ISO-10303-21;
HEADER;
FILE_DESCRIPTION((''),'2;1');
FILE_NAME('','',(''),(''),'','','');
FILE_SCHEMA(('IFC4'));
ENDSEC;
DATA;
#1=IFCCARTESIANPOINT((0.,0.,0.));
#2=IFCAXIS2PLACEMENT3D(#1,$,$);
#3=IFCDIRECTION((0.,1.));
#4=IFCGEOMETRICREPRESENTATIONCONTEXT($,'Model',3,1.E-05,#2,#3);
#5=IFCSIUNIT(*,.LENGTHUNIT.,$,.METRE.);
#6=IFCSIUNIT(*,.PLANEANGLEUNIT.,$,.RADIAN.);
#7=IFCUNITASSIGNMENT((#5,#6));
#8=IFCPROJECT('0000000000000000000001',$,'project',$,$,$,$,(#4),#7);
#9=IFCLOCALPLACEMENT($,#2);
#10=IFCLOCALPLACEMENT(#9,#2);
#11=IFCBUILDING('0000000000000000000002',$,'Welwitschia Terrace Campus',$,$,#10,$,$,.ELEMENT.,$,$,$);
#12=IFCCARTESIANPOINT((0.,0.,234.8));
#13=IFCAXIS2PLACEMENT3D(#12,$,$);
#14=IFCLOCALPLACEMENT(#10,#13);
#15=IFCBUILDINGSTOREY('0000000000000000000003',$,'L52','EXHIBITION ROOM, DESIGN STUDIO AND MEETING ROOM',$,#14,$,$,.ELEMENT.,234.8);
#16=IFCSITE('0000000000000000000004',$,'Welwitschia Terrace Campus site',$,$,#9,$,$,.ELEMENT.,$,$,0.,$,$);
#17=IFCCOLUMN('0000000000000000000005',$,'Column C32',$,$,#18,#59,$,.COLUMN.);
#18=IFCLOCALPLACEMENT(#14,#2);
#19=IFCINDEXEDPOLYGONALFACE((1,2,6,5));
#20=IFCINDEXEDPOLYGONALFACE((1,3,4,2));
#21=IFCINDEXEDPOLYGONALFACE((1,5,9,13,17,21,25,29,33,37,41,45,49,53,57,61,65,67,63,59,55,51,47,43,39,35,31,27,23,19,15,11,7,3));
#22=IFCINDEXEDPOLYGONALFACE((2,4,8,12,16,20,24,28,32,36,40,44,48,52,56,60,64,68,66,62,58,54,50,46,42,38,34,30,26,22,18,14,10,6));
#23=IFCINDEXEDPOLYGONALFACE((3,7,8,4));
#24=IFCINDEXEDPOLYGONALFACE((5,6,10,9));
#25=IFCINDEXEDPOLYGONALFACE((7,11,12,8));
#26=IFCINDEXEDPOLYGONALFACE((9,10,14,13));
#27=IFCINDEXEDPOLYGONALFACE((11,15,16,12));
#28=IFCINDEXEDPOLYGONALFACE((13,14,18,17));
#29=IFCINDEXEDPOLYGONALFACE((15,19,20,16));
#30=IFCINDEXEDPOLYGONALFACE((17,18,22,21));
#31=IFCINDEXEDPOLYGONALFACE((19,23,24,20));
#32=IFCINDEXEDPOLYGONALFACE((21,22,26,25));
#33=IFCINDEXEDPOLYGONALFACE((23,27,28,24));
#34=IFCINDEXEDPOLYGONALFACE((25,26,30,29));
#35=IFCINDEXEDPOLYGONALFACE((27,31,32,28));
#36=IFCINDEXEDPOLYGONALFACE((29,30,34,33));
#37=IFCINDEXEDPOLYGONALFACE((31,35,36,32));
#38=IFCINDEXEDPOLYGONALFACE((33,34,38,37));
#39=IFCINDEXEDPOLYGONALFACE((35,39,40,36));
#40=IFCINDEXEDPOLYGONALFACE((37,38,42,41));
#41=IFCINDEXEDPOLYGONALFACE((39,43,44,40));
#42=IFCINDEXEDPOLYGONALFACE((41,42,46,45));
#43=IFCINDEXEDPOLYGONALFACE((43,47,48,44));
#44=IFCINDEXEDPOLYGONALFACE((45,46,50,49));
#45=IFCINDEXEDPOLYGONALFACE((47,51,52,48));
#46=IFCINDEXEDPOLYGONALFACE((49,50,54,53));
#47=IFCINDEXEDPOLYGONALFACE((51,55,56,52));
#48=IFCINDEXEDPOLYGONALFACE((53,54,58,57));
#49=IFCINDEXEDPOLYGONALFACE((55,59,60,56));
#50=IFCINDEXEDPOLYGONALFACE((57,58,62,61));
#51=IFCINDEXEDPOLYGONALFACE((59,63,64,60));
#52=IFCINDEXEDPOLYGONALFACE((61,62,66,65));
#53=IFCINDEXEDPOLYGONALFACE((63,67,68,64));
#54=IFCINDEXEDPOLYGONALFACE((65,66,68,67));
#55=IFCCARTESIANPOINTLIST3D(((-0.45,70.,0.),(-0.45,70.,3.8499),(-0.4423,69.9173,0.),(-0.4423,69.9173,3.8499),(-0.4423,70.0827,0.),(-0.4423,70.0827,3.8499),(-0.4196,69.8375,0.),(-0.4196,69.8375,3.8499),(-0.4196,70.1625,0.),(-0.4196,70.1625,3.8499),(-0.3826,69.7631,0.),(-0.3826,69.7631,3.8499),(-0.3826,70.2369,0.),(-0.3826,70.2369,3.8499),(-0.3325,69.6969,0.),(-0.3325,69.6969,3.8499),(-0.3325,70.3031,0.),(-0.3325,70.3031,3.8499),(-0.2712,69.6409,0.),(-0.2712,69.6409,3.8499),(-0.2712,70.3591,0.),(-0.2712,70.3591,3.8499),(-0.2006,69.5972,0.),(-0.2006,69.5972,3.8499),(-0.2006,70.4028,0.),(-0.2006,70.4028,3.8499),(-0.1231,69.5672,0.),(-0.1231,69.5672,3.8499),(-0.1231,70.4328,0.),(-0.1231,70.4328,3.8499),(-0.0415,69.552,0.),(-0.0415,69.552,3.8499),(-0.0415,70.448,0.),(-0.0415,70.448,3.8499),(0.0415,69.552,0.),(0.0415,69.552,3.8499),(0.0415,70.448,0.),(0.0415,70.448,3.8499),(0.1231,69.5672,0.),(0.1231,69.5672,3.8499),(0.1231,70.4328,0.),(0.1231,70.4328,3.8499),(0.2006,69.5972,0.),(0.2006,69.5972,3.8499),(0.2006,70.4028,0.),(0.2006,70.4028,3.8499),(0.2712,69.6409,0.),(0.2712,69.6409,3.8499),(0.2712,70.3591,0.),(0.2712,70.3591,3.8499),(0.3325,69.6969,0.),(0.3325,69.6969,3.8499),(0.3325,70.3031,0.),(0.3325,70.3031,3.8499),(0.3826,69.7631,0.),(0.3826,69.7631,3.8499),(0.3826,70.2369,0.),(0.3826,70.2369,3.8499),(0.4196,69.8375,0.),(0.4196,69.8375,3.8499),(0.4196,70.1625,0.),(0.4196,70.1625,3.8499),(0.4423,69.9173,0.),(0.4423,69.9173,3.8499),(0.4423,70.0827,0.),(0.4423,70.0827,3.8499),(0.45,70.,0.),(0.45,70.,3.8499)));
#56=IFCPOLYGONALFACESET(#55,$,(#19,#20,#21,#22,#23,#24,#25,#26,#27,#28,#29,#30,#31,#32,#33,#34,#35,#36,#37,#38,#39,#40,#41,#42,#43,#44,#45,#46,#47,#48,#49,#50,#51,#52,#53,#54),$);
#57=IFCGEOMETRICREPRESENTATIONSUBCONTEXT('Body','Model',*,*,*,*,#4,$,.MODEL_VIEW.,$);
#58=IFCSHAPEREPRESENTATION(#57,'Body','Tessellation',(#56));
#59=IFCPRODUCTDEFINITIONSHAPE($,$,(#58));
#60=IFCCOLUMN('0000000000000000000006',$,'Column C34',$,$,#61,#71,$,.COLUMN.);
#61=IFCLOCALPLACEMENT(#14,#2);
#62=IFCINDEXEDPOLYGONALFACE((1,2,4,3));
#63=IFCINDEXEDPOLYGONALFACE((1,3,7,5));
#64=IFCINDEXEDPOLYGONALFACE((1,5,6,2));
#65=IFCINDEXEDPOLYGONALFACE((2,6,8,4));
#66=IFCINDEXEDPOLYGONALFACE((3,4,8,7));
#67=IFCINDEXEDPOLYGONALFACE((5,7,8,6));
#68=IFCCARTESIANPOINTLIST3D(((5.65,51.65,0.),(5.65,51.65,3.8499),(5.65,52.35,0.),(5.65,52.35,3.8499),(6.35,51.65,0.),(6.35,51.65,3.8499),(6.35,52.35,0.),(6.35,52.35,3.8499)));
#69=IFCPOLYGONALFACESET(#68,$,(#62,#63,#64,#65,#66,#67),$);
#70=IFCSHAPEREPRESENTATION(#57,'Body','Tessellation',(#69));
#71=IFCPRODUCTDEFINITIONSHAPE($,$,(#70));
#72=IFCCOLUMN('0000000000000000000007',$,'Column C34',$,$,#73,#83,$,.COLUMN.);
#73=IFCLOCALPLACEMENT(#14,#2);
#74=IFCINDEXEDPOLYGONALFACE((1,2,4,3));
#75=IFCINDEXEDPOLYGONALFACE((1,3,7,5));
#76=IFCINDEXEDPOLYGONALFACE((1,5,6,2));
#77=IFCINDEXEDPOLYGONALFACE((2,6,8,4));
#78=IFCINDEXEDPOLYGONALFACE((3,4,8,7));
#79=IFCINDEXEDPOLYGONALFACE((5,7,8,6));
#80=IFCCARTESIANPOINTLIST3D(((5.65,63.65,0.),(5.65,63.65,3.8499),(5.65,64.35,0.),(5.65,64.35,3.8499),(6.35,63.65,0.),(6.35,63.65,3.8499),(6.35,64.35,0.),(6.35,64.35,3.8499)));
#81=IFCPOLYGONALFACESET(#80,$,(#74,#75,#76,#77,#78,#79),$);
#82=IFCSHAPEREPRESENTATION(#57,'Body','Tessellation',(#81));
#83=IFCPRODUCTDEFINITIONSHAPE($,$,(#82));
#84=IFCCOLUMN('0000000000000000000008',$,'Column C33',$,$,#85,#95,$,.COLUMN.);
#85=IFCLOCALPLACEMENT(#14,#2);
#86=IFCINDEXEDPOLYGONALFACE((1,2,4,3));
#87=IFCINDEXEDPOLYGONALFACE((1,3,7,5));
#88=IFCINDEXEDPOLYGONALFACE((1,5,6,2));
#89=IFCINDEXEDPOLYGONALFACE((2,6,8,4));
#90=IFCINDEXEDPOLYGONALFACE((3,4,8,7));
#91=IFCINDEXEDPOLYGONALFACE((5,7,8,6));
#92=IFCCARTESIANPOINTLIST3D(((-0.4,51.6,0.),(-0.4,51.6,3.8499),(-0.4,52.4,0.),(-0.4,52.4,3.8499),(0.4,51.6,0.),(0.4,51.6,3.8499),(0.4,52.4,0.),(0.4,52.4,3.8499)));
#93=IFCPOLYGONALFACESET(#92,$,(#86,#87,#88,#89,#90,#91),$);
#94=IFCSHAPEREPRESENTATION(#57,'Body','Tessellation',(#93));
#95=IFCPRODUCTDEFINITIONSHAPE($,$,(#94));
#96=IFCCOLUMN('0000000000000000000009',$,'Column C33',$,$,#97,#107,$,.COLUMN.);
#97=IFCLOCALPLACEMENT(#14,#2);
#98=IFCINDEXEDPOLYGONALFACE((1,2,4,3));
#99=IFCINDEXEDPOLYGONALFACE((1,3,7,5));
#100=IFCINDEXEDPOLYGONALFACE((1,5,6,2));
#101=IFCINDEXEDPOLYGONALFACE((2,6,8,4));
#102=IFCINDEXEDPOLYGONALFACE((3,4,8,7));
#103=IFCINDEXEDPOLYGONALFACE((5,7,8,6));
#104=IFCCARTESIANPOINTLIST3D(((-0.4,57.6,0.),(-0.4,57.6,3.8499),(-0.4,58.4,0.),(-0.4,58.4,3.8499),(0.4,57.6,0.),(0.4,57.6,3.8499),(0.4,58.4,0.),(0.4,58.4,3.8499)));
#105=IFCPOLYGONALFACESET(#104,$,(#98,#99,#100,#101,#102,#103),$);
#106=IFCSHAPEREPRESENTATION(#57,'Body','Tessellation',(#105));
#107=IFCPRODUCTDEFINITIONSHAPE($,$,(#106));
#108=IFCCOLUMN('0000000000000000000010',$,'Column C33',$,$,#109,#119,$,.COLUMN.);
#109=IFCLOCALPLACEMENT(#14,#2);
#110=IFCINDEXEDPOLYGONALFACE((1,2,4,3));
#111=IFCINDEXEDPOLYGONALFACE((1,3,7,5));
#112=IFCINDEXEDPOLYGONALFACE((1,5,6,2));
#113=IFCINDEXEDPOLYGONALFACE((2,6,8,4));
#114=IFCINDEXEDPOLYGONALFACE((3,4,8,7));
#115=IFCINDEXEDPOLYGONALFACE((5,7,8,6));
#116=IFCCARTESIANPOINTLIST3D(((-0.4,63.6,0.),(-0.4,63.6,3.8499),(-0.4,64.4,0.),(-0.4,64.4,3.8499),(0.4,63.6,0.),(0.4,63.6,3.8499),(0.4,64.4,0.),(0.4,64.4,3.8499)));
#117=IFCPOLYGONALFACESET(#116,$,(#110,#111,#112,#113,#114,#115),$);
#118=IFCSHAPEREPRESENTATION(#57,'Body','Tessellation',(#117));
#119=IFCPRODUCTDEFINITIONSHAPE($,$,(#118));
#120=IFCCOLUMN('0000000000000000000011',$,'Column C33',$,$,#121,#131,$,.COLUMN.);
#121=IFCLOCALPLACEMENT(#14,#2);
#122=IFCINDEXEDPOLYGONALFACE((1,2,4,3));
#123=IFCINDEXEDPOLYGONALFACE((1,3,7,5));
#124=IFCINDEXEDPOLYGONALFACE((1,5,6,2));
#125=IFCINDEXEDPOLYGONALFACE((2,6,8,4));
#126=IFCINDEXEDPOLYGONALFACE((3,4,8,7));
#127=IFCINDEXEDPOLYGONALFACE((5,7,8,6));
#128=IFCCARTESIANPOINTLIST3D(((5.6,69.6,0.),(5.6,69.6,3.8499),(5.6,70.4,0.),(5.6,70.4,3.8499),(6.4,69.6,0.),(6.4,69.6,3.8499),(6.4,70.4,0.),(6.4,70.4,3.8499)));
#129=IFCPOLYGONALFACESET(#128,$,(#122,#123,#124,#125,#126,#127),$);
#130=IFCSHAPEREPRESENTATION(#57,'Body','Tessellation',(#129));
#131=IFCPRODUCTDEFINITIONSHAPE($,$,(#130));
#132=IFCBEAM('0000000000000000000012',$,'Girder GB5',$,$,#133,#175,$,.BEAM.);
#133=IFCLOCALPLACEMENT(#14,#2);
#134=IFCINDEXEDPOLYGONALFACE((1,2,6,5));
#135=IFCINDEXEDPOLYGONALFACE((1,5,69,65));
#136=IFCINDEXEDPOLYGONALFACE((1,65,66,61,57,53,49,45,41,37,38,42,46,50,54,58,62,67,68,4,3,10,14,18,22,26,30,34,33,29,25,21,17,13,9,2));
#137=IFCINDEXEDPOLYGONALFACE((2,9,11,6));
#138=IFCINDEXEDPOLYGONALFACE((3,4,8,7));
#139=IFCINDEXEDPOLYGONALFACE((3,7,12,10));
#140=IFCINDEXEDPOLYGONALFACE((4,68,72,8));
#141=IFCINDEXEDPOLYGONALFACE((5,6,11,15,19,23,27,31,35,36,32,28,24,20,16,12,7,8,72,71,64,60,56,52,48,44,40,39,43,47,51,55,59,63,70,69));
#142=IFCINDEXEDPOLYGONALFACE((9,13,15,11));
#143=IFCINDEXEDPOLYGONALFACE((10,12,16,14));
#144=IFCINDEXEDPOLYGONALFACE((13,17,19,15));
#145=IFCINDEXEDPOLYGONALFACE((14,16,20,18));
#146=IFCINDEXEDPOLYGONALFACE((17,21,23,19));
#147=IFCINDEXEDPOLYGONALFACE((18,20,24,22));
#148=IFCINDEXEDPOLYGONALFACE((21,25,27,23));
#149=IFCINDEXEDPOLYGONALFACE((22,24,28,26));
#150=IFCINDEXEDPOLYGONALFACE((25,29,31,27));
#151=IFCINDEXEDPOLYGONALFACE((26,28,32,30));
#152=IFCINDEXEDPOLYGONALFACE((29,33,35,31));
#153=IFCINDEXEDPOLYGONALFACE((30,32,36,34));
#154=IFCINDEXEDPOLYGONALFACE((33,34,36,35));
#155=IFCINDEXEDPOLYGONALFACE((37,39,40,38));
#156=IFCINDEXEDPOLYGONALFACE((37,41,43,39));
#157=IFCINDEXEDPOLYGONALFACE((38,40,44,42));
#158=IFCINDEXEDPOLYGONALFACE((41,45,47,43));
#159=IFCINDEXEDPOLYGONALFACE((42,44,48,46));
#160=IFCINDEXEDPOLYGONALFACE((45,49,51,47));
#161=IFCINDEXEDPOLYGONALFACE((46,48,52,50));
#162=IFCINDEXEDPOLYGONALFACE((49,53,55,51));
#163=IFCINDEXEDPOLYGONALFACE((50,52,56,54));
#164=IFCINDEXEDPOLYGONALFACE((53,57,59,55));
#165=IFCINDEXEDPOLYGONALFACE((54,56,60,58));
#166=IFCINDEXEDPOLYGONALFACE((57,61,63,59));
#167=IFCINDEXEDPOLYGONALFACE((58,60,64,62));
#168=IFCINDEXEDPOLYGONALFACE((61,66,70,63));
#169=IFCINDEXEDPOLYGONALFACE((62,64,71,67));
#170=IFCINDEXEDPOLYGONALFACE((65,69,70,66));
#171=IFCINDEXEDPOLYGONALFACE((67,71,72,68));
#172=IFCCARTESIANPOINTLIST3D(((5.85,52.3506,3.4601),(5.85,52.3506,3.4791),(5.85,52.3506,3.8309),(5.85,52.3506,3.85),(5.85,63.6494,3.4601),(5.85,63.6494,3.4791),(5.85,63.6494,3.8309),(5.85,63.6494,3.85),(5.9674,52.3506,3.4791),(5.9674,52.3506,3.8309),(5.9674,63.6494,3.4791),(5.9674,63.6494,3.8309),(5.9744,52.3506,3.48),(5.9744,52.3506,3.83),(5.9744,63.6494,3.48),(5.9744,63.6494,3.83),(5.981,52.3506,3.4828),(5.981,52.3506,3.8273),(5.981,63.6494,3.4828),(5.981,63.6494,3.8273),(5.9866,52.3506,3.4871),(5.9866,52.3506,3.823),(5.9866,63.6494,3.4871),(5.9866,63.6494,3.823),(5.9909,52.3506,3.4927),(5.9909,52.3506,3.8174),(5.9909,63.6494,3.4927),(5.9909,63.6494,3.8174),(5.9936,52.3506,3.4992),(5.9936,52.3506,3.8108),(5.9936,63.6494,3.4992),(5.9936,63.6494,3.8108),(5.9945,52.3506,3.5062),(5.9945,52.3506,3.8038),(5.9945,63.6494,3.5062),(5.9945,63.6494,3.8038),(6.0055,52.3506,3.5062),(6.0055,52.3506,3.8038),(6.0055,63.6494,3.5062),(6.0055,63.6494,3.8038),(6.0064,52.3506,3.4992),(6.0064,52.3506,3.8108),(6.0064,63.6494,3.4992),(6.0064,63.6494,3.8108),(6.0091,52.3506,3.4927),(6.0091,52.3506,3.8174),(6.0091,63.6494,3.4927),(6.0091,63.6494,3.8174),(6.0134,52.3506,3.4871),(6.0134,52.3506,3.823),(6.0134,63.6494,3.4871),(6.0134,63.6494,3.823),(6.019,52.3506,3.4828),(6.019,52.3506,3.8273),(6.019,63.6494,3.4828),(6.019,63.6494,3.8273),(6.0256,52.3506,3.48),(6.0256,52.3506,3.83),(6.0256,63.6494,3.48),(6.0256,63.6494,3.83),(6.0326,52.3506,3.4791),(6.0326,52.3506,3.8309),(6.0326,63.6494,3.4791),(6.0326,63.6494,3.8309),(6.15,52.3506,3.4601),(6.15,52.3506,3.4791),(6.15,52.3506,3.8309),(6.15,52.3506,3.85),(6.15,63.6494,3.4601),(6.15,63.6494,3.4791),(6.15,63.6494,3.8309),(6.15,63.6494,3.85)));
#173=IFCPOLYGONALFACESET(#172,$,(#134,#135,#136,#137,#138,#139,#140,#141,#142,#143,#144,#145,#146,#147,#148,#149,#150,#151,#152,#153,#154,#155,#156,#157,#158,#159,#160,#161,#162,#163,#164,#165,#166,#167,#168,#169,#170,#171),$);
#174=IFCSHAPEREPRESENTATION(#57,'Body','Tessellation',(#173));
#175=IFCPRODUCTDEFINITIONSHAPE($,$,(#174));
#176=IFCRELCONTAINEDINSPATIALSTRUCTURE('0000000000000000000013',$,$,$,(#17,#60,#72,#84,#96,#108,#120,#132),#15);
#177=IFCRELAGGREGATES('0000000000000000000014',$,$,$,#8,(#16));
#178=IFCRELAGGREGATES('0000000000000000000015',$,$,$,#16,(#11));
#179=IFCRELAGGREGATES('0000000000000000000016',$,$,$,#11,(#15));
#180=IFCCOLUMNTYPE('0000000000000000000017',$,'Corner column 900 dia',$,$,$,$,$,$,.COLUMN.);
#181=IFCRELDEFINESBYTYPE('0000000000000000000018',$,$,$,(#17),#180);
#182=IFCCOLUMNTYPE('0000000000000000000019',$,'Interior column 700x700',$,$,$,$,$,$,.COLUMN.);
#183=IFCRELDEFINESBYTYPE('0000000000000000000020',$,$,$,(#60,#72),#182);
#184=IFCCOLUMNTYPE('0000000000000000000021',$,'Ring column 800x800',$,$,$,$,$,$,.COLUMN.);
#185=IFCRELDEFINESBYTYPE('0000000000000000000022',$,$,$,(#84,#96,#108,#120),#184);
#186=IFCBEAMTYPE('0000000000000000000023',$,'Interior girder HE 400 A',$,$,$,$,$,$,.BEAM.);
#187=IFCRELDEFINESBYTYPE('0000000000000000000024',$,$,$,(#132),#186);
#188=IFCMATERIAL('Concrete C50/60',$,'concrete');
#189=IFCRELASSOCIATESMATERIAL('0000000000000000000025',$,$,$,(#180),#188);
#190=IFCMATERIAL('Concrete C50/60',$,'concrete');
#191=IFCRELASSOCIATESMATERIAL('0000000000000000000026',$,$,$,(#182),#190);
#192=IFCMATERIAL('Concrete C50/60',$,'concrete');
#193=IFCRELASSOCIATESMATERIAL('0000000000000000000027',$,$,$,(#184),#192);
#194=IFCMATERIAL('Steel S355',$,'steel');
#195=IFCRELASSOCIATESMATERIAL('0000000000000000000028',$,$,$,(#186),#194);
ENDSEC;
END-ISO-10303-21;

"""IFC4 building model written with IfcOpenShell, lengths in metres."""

from ifc_helpers import new_model, si_unit, direction, frame, origin, origin_2d, place, context, subcontext, project, spatial, rectangle, circle, i_section, extrude, material, material_profile, profile_set, type_object, element, save


model = new_model("IFC4")

# Units and contexts
model_context = context("Model", 3, precision=1e-05, world=origin(), true_north=direction((0.0, 1.0)))
body_context = subcontext(model_context, "Body", "Model", "MODEL_VIEW")
ifc_project = project(units=[si_unit("LENGTHUNIT", "METRE"), si_unit("PLANEANGLEUNIT", "RADIAN")], contexts=[model_context])

# Site, building, storey
site_placement = place(None, origin())
site = spatial("IfcSite", under=ifc_project, at=site_placement, Name="Welwitschia Terrace Campus site", CompositionType="ELEMENT", RefElevation=0.0)
building_placement = place(site_placement, origin())
building = spatial("IfcBuilding", under=site, at=building_placement, Name="Welwitschia Terrace Campus", CompositionType="ELEMENT")
storey_placement = place(building_placement, frame((0.0, 0.0, 234.8)))
storey = spatial("IfcBuildingStorey", under=building, at=storey_placement, Name="L52", Description="EXHIBITION ROOM, DESIGN STUDIO AND MEETING ROOM", CompositionType="ELEMENT", Elevation=234.8)

# Columns
ifc_material_1 = material(Name="Concrete C50/60", Category="concrete")
ifc_material_profile_1 = material_profile(ifc_material_1, circle(Radius=0.45, at=origin_2d()))
ifc_profile_set_1 = profile_set([ifc_material_profile_1], Name="Concrete C50/60")
column_type_1 = type_object("IfcColumnType", Name="Corner column 900 dia", PredefinedType="COLUMN", material=ifc_profile_set_1)
column_placement = place(storey_placement, frame((0.0, 70.0, 0.0), z_axis=(0.0, 0.0, 1.0), x_axis=(1.0, 0.0, 0.0)))
element("IfcColumn", 1, at=column_placement, inside=storey, type_object=column_type_1, Name="Column C32", PredefinedType="COLUMN", context=body_context, shape_type="SweptSolid", body=[
    extrude(circle(Radius=0.45, at=origin_2d()), origin(), (0.0, 0.0, 1.0), 3.8499),
])
ifc_material_2 = material(Name="Concrete C50/60", Category="concrete")
ifc_material_profile_2 = material_profile(ifc_material_2, rectangle(XDim=0.7, YDim=0.7, at=origin_2d()))
ifc_profile_set_2 = profile_set([ifc_material_profile_2], Name="Concrete C50/60")
column_type_2 = type_object("IfcColumnType", Name="Interior column 700x700", PredefinedType="COLUMN", material=ifc_profile_set_2)
for number, where, z_axis, x_axis, name in (
    (2, (6.0, 52.0, 0.0), (0.0, 0.0, 1.0), (1.0, 0.0, 0.0), "Column C34"),
    (3, (6.0, 64.0, 0.0), (0.0, 0.0, 1.0), (1.0, 0.0, 0.0), "Column C34"),
):
    element("IfcColumn", number, at=place(storey_placement, frame(where, z_axis=z_axis, x_axis=x_axis)), inside=storey, type_object=column_type_2, Name=name, PredefinedType="COLUMN", context=body_context, shape_type="SweptSolid", body=[
        extrude(rectangle(XDim=0.7, YDim=0.7, at=origin_2d()), origin(), (0.0, 0.0, 1.0), 3.8499),
    ])
ifc_material_3 = material(Name="Concrete C50/60", Category="concrete")
ifc_material_profile_3 = material_profile(ifc_material_3, rectangle(XDim=0.8, YDim=0.8, at=origin_2d()))
ifc_profile_set_3 = profile_set([ifc_material_profile_3], Name="Concrete C50/60")
column_type_3 = type_object("IfcColumnType", Name="Ring column 800x800", PredefinedType="COLUMN", material=ifc_profile_set_3)
for number, where, z_axis, x_axis, name in (
    (4, (0.0, 52.0, 0.0), (0.0, 0.0, 1.0), (1.0, 0.0, 0.0), "Column C33"),
    (5, (0.0, 58.0, 0.0), (0.0, 0.0, 1.0), (1.0, 0.0, 0.0), "Column C33"),
    (6, (0.0, 64.0, 0.0), (0.0, 0.0, 1.0), (1.0, 0.0, 0.0), "Column C33"),
    (7, (6.0, 70.0, 0.0), (0.0, 0.0, 1.0), (1.0, 0.0, 0.0), "Column C33"),
):
    element("IfcColumn", number, at=place(storey_placement, frame(where, z_axis=z_axis, x_axis=x_axis)), inside=storey, type_object=column_type_3, Name=name, PredefinedType="COLUMN", context=body_context, shape_type="SweptSolid", body=[
        extrude(rectangle(XDim=0.8, YDim=0.8, at=origin_2d()), origin(), (0.0, 0.0, 1.0), 3.8499),
    ])

# Beam
ifc_material_4 = material(Name="Steel S355", Category="steel")
ifc_material_profile_4 = material_profile(ifc_material_4, i_section(OverallWidth=0.3, OverallDepth=0.3899, WebThickness=0.011, FlangeThickness=0.019, FilletRadius=0.0271, at=origin_2d()))
ifc_profile_set_4 = profile_set([ifc_material_profile_4], Name="Steel S355")
beam_type_1 = type_object("IfcBeamType", Name="Interior girder HE 400 A", PredefinedType="BEAM", material=ifc_profile_set_4)
beam_1_placement = place(storey_placement, frame((6.0, 52.3506, 3.655), z_axis=(0.0, 1.0, 0.0), x_axis=(-1.0, 0.0, 0.0)))
element("IfcBeam", 8, at=beam_1_placement, inside=storey, type_object=beam_type_1, Name="Girder GB5", PredefinedType="BEAM", context=body_context, shape_type="SweptSolid", body=[
    extrude(i_section(OverallWidth=0.3, OverallDepth=0.3899, WebThickness=0.011, FlangeThickness=0.019, FilletRadius=0.0271, at=origin_2d()), origin(), (0.0, 0.0, 1.0), 11.2988),
])

save(model, "model.ifc")
